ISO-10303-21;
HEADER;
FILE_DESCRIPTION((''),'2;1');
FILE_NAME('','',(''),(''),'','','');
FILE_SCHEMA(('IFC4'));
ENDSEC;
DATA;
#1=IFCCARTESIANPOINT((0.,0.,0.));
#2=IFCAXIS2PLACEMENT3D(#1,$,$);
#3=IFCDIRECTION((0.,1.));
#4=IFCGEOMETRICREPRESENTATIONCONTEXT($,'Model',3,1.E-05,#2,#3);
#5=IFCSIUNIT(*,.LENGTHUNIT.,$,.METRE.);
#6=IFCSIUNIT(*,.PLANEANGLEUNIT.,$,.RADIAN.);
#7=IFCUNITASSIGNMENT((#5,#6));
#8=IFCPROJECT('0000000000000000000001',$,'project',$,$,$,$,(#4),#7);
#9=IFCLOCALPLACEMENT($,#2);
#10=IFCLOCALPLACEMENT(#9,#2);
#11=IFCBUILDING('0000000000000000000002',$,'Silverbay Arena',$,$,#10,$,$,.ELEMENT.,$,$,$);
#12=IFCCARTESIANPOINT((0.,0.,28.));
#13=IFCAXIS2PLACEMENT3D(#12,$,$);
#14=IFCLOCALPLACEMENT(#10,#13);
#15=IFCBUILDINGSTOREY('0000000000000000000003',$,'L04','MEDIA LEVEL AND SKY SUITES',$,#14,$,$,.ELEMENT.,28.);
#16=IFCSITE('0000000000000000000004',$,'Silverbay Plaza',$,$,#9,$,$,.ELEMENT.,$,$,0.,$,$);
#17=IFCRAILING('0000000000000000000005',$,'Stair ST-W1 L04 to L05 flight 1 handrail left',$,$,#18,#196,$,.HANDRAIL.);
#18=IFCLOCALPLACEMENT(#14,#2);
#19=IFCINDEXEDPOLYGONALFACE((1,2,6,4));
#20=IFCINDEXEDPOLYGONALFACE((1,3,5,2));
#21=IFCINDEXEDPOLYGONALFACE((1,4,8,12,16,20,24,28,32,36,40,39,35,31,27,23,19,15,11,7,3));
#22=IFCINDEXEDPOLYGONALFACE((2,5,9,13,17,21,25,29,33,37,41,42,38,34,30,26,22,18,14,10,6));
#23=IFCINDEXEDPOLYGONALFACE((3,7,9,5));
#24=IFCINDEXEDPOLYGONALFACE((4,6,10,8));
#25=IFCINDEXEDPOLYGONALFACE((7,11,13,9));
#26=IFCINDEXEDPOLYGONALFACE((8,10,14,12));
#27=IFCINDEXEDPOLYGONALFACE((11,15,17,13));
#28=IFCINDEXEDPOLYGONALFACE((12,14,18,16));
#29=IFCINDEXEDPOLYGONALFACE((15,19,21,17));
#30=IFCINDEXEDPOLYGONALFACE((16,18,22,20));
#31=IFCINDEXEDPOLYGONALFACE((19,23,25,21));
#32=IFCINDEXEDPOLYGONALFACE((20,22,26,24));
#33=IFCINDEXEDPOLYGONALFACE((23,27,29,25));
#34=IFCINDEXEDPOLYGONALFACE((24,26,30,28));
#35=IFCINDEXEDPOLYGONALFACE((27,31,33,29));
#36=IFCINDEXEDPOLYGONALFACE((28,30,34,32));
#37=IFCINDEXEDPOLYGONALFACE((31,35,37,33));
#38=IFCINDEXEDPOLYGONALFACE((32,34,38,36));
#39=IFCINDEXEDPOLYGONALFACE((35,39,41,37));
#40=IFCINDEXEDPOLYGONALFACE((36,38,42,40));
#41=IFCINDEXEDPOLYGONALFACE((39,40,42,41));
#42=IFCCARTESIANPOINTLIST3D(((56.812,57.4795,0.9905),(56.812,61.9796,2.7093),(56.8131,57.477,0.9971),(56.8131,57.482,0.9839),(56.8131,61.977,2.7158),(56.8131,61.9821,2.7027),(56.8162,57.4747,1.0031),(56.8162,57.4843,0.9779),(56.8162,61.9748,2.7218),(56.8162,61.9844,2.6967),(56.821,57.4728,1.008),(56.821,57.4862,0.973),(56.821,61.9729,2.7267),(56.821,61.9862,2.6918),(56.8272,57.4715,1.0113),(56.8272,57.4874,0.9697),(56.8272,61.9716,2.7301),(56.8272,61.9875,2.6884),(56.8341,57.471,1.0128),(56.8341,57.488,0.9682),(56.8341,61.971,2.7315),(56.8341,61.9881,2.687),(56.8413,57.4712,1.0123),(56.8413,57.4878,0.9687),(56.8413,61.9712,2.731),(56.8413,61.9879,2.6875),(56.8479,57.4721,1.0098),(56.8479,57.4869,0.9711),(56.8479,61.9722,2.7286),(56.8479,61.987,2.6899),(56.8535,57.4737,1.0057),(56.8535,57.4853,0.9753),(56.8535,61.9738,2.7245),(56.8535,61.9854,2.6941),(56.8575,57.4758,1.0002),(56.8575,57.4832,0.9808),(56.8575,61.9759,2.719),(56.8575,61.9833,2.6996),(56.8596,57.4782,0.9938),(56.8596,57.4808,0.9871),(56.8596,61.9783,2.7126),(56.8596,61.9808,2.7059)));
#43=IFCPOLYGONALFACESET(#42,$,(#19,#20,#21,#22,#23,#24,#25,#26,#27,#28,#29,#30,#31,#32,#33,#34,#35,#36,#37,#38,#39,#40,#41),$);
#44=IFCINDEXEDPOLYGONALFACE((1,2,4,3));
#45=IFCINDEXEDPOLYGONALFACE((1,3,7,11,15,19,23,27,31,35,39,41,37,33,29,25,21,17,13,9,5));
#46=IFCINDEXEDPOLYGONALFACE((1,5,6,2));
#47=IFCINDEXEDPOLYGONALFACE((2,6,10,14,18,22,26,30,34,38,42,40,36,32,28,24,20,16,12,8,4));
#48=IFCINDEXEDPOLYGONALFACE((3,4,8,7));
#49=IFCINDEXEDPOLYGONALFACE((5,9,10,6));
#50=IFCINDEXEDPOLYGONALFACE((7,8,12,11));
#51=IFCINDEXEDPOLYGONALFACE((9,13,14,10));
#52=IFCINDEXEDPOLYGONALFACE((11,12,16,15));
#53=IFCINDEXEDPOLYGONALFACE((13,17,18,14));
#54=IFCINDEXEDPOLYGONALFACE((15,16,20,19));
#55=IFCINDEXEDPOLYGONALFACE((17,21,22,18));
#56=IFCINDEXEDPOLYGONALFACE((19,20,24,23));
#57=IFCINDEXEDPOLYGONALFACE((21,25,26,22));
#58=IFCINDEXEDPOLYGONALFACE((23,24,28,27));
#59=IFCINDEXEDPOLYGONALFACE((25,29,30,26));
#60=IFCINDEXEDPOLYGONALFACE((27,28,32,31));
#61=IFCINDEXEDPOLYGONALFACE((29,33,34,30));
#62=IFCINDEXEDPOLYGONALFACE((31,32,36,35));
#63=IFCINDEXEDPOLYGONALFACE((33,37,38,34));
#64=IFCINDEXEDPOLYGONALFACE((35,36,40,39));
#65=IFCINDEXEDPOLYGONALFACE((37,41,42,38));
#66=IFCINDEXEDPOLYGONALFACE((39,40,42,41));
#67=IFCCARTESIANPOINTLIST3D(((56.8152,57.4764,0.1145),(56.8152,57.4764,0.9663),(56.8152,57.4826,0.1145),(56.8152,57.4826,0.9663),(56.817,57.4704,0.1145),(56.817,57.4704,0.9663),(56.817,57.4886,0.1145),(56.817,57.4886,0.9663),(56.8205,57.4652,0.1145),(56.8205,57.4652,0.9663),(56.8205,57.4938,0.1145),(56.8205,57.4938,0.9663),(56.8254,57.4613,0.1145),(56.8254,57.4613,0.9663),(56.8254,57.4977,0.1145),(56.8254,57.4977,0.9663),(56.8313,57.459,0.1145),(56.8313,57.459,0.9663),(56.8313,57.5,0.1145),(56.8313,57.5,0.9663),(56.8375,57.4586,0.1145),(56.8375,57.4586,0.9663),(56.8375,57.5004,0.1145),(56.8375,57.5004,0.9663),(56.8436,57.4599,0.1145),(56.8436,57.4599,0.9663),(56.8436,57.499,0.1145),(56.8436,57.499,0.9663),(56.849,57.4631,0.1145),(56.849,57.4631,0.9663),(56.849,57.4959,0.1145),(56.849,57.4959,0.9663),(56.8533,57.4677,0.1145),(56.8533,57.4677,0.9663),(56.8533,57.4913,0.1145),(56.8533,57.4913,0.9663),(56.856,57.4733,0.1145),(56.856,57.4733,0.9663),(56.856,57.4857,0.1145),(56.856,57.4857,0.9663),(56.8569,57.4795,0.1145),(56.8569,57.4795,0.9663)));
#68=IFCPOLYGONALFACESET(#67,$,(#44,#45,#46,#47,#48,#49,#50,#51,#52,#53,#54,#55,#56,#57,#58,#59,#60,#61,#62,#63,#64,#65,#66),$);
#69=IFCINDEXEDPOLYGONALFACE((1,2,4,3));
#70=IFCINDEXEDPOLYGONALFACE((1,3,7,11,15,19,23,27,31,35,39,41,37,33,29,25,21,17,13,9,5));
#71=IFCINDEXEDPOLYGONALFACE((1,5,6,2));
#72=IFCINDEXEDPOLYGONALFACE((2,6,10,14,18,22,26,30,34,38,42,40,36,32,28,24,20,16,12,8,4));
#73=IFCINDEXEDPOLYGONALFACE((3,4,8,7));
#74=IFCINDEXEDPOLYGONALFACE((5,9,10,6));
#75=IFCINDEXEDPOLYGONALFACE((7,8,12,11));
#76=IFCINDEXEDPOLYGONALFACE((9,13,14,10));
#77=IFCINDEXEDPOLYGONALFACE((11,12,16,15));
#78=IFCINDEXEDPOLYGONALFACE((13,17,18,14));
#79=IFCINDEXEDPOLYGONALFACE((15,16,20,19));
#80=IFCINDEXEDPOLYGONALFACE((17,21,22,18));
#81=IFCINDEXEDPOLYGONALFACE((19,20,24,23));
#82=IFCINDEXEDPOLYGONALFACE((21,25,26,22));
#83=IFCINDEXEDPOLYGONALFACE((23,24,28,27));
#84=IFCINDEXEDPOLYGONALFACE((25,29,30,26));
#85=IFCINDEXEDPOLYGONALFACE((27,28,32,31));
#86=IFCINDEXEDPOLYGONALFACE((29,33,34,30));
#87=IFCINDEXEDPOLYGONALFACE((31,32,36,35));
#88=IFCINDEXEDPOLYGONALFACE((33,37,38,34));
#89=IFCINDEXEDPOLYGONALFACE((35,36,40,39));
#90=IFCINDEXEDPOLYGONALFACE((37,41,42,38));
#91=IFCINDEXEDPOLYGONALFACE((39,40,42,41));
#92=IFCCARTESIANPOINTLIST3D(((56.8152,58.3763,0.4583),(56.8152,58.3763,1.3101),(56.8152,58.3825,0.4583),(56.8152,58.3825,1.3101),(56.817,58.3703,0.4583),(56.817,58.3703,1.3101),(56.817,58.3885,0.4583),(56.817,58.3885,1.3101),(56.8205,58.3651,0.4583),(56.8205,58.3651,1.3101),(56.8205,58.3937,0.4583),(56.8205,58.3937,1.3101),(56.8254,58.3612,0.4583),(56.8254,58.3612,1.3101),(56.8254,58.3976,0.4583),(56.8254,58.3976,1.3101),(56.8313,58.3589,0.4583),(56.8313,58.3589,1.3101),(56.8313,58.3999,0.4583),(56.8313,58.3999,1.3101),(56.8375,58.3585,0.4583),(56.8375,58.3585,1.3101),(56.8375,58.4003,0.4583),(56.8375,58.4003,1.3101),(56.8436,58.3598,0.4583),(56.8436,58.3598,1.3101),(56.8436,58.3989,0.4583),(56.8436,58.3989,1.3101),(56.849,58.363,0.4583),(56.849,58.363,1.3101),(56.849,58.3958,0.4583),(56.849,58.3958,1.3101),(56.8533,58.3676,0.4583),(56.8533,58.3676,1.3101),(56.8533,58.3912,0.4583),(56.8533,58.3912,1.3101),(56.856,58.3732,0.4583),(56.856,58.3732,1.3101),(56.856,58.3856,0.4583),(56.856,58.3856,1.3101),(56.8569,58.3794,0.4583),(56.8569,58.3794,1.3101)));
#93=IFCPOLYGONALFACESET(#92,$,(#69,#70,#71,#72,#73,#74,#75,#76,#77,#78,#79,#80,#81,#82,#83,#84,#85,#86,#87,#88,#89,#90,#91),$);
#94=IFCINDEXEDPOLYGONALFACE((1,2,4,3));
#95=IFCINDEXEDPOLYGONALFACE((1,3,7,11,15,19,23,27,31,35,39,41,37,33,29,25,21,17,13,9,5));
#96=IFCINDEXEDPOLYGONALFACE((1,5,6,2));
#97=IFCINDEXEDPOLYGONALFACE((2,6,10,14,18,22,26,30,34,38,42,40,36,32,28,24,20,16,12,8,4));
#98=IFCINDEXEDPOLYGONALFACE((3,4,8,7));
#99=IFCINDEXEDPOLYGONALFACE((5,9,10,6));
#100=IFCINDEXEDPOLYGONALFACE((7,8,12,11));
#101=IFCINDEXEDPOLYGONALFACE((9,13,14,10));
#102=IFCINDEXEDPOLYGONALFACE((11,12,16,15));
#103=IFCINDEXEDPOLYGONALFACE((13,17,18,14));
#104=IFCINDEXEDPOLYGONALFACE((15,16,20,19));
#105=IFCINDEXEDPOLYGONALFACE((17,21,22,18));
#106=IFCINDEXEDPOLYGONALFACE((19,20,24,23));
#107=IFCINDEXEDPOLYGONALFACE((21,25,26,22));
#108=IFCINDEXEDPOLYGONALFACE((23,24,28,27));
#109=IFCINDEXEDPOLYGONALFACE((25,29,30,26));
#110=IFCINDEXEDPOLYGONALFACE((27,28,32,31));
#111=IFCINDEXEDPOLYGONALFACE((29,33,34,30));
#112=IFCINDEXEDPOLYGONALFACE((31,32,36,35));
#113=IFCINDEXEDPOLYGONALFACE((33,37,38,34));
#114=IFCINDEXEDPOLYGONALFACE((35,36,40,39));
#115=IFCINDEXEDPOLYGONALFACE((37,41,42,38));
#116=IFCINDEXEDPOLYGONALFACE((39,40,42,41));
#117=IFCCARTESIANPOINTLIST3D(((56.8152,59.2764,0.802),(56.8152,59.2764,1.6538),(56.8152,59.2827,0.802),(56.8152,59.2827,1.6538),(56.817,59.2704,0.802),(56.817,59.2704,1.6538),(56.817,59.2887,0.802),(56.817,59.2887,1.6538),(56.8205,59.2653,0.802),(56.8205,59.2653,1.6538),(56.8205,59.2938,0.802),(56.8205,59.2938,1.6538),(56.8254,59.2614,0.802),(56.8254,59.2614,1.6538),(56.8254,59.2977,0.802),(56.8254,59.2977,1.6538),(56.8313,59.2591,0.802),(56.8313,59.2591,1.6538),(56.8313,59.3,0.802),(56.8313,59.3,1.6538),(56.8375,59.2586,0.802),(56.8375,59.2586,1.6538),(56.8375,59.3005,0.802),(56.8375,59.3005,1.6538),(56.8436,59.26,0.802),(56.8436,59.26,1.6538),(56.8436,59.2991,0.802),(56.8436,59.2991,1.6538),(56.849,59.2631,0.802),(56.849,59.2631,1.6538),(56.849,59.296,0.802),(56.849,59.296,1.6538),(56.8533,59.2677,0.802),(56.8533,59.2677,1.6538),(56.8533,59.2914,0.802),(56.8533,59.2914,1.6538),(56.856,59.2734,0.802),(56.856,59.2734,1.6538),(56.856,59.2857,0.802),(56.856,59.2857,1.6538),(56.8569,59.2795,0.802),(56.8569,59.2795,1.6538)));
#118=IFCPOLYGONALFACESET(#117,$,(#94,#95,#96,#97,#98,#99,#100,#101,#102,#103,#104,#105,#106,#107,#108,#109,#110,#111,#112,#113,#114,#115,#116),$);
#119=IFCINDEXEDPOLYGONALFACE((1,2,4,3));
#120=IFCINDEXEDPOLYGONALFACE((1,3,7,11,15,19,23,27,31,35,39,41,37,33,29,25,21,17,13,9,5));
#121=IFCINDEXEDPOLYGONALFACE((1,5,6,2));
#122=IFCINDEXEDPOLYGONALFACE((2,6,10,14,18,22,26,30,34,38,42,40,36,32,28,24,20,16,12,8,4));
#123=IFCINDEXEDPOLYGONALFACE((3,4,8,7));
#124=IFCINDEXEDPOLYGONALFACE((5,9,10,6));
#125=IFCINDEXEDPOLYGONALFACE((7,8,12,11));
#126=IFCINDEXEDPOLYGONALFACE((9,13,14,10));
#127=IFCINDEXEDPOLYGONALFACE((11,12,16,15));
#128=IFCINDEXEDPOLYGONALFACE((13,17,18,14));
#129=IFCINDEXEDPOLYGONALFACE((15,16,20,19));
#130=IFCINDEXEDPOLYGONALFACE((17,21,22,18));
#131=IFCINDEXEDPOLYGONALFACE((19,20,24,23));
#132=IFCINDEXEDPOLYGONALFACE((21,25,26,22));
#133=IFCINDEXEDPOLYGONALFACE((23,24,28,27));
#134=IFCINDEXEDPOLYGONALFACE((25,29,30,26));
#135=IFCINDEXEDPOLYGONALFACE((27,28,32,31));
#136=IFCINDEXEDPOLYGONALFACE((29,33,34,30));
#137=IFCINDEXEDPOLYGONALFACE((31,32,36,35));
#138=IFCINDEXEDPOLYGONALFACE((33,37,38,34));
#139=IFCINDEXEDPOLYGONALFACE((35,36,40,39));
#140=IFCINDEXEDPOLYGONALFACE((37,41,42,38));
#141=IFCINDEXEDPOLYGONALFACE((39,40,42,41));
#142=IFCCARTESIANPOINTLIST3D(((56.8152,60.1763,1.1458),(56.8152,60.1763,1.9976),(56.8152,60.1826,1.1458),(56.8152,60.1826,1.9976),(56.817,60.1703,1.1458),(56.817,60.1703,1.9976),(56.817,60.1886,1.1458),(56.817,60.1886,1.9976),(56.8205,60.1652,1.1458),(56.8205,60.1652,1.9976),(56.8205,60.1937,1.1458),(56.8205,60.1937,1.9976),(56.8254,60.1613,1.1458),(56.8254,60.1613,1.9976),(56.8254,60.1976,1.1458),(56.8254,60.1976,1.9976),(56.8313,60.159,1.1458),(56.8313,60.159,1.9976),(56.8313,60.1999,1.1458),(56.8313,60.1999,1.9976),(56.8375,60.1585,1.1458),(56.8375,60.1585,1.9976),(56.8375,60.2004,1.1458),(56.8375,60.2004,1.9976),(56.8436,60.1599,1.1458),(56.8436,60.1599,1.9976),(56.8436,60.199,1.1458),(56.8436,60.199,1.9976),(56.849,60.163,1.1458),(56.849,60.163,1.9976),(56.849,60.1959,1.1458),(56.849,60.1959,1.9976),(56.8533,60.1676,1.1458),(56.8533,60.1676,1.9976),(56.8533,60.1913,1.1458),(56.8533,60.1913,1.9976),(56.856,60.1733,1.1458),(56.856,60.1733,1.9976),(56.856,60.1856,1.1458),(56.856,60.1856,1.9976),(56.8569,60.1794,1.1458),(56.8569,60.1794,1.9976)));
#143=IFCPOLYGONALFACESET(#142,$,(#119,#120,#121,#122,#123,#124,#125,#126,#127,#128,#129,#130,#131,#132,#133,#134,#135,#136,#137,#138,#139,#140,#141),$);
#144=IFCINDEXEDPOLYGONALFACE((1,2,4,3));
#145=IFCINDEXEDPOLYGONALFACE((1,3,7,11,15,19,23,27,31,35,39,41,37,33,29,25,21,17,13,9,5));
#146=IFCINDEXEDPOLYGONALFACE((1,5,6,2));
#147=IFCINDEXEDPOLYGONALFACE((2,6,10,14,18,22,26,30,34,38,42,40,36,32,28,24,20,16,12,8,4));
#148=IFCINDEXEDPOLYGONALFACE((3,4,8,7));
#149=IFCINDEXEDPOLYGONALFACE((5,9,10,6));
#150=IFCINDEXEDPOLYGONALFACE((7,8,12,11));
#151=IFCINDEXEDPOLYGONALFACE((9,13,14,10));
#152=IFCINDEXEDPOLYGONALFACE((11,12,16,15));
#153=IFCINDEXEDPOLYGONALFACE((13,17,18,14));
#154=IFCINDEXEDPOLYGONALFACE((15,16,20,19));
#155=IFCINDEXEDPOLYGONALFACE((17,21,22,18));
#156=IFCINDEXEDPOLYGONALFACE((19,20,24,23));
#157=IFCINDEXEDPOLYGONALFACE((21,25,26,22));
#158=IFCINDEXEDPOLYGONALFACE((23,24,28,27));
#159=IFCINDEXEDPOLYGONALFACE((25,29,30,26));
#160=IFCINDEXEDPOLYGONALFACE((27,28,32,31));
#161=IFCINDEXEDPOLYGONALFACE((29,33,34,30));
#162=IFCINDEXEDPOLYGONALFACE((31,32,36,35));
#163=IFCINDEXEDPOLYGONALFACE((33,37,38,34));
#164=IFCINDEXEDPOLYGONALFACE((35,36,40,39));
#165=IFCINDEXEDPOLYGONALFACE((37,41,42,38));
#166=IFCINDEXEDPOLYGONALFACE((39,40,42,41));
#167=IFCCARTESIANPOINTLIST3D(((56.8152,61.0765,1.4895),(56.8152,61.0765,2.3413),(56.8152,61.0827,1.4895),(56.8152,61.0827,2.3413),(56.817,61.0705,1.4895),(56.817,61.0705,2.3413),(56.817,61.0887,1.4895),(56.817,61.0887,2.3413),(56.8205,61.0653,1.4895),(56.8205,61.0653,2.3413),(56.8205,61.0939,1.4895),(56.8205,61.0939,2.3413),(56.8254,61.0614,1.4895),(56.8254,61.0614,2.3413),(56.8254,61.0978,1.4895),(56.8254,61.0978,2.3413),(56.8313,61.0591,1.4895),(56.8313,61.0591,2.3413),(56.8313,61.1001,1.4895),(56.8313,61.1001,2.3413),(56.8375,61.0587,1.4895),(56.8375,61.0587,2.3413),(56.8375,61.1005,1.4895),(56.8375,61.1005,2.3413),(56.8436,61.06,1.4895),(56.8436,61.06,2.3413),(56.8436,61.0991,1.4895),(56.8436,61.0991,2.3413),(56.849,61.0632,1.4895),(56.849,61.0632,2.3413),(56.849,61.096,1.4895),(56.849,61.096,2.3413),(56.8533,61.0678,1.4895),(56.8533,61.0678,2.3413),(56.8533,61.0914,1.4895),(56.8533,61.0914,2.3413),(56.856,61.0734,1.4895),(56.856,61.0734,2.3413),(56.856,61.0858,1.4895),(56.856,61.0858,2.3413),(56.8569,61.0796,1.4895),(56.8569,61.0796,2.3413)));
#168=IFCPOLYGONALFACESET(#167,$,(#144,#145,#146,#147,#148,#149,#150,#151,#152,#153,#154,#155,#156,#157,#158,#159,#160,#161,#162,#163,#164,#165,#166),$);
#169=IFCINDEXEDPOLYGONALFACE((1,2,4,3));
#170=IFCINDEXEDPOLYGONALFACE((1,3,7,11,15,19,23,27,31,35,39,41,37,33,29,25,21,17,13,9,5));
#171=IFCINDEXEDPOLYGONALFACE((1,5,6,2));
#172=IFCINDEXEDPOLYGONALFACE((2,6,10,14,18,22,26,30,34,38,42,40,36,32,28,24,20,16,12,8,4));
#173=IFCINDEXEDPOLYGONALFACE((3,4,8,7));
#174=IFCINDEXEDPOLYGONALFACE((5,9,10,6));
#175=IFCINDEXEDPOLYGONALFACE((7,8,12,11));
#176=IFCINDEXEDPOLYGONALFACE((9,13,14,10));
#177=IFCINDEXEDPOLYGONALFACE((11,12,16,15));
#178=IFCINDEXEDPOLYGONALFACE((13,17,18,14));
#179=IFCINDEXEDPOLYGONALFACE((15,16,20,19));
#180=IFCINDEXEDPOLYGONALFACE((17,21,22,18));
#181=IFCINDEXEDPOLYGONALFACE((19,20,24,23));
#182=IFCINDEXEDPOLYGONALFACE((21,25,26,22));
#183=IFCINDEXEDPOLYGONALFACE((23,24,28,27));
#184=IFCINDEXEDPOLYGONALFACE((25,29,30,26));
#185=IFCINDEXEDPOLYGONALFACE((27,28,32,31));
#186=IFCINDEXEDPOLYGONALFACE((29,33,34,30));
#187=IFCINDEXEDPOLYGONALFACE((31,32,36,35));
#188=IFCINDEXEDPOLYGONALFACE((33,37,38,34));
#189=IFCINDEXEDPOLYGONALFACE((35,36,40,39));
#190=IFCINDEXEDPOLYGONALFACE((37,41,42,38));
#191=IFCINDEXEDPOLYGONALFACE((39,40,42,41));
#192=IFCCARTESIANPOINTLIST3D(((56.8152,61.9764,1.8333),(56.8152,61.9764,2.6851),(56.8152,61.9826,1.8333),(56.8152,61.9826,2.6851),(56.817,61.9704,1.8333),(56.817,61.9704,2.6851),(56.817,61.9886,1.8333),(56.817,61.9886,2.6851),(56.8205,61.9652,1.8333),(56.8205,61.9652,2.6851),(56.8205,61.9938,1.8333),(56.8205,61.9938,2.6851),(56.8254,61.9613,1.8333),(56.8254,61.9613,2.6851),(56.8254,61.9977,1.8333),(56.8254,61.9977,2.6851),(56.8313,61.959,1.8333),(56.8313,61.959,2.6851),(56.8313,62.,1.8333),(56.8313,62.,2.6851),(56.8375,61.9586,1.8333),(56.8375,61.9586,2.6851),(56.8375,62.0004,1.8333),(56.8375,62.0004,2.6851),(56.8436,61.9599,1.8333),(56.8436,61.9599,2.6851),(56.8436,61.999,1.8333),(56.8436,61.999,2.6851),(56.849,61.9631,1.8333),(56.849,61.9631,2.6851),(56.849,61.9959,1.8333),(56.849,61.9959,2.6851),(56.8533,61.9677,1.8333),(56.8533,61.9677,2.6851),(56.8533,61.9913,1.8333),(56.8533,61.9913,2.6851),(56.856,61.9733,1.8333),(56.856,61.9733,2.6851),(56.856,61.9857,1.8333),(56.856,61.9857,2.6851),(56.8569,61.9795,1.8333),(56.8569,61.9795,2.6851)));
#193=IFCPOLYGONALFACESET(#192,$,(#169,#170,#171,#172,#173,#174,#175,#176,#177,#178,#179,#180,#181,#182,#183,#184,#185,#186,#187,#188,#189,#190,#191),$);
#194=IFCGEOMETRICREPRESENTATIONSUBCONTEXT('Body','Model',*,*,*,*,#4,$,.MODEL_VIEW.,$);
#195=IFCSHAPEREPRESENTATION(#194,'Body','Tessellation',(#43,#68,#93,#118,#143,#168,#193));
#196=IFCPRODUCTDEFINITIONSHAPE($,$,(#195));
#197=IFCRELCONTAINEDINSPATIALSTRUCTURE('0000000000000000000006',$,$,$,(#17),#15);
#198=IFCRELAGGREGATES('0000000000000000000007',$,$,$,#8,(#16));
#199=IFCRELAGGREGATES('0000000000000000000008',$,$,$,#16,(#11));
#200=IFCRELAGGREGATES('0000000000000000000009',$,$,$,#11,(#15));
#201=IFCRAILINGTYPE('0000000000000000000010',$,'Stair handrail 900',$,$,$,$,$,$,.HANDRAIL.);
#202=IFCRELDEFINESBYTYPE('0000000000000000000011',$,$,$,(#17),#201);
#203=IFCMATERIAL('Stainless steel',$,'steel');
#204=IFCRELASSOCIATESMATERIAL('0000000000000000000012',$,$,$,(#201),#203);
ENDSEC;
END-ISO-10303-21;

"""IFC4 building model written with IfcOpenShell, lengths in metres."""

from ifc_helpers import new_model, si_unit, direction, frame, origin, origin_2d, place, context, subcontext, project, spatial, circle, extrude, material, type_object, element, save


model = new_model("IFC4")

# Units and contexts
model_context = context("Model", 3, precision=1e-05, world=origin(), true_north=direction((0.0, 1.0)))
body_context = subcontext(model_context, "Body", "Model", "MODEL_VIEW")
ifc_project = project(units=[si_unit("LENGTHUNIT", "METRE"), si_unit("PLANEANGLEUNIT", "RADIAN")], contexts=[model_context])

# Site, building, storey
site_placement = place(None, origin())
site = spatial("IfcSite", under=ifc_project, at=site_placement, Name="Silverbay Plaza", CompositionType="ELEMENT", RefElevation=0.0)
building_placement = place(site_placement, origin())
building = spatial("IfcBuilding", under=site, at=building_placement, Name="Silverbay Arena", CompositionType="ELEMENT")
storey_placement = place(building_placement, frame((0.0, 0.0, 28.0)))
storey = spatial("IfcBuildingStorey", under=building, at=storey_placement, Name="L04", Description="MEDIA LEVEL AND SKY SUITES", CompositionType="ELEMENT", Elevation=28.0)

# Railing
ifc_material_1 = material(Name="Stainless steel", Category="steel")
railing_type_1 = type_object("IfcRailingType", Name="Stair handrail 900", PredefinedType="HANDRAIL", material=ifc_material_1)
for number, where, name in (
    (1, (56.8359, 57.4795, 0.1145), "Stair ST-W1 L04 to L05 flight 1 handrail left"),
):
    element("IfcRailing", number, at=place(storey_placement, frame(where)), inside=storey, type_object=railing_type_1, Name=name, PredefinedType="HANDRAIL", context=body_context, shape_type="SweptSolid", body=[
        extrude(circle(Radius=0.0239, at=origin_2d()), frame((0.0, 0.0, 0.876), z_axis=(0.0, 0.934179, 0.356805), x_axis=(-1.0, 0.0, 0.0)), (0.0, 0.0, 1.0), 4.8171),
        extrude(circle(Radius=0.021, at=origin_2d()), origin(), (0.0, 0.0, 1.0), 0.8518),
        extrude(circle(Radius=0.021, at=origin_2d()), frame((0.0, 0.8999, 0.3438)), (0.0, 0.0, 1.0), 0.8518),
        extrude(circle(Radius=0.021, at=origin_2d()), frame((0.0, 1.8, 0.6875)), (0.0, 0.0, 1.0), 0.8518),
        extrude(circle(Radius=0.021, at=origin_2d()), frame((0.0, 2.7, 1.0312)), (0.0, 0.0, 1.0), 0.8518),
        extrude(circle(Radius=0.021, at=origin_2d()), frame((0.0, 3.6001, 1.375)), (0.0, 0.0, 1.0), 0.8518),
        extrude(circle(Radius=0.021, at=origin_2d()), frame((0.0, 4.5, 1.7188)), (0.0, 0.0, 1.0), 0.8518),
    ])

save(model, "model.ifc")
